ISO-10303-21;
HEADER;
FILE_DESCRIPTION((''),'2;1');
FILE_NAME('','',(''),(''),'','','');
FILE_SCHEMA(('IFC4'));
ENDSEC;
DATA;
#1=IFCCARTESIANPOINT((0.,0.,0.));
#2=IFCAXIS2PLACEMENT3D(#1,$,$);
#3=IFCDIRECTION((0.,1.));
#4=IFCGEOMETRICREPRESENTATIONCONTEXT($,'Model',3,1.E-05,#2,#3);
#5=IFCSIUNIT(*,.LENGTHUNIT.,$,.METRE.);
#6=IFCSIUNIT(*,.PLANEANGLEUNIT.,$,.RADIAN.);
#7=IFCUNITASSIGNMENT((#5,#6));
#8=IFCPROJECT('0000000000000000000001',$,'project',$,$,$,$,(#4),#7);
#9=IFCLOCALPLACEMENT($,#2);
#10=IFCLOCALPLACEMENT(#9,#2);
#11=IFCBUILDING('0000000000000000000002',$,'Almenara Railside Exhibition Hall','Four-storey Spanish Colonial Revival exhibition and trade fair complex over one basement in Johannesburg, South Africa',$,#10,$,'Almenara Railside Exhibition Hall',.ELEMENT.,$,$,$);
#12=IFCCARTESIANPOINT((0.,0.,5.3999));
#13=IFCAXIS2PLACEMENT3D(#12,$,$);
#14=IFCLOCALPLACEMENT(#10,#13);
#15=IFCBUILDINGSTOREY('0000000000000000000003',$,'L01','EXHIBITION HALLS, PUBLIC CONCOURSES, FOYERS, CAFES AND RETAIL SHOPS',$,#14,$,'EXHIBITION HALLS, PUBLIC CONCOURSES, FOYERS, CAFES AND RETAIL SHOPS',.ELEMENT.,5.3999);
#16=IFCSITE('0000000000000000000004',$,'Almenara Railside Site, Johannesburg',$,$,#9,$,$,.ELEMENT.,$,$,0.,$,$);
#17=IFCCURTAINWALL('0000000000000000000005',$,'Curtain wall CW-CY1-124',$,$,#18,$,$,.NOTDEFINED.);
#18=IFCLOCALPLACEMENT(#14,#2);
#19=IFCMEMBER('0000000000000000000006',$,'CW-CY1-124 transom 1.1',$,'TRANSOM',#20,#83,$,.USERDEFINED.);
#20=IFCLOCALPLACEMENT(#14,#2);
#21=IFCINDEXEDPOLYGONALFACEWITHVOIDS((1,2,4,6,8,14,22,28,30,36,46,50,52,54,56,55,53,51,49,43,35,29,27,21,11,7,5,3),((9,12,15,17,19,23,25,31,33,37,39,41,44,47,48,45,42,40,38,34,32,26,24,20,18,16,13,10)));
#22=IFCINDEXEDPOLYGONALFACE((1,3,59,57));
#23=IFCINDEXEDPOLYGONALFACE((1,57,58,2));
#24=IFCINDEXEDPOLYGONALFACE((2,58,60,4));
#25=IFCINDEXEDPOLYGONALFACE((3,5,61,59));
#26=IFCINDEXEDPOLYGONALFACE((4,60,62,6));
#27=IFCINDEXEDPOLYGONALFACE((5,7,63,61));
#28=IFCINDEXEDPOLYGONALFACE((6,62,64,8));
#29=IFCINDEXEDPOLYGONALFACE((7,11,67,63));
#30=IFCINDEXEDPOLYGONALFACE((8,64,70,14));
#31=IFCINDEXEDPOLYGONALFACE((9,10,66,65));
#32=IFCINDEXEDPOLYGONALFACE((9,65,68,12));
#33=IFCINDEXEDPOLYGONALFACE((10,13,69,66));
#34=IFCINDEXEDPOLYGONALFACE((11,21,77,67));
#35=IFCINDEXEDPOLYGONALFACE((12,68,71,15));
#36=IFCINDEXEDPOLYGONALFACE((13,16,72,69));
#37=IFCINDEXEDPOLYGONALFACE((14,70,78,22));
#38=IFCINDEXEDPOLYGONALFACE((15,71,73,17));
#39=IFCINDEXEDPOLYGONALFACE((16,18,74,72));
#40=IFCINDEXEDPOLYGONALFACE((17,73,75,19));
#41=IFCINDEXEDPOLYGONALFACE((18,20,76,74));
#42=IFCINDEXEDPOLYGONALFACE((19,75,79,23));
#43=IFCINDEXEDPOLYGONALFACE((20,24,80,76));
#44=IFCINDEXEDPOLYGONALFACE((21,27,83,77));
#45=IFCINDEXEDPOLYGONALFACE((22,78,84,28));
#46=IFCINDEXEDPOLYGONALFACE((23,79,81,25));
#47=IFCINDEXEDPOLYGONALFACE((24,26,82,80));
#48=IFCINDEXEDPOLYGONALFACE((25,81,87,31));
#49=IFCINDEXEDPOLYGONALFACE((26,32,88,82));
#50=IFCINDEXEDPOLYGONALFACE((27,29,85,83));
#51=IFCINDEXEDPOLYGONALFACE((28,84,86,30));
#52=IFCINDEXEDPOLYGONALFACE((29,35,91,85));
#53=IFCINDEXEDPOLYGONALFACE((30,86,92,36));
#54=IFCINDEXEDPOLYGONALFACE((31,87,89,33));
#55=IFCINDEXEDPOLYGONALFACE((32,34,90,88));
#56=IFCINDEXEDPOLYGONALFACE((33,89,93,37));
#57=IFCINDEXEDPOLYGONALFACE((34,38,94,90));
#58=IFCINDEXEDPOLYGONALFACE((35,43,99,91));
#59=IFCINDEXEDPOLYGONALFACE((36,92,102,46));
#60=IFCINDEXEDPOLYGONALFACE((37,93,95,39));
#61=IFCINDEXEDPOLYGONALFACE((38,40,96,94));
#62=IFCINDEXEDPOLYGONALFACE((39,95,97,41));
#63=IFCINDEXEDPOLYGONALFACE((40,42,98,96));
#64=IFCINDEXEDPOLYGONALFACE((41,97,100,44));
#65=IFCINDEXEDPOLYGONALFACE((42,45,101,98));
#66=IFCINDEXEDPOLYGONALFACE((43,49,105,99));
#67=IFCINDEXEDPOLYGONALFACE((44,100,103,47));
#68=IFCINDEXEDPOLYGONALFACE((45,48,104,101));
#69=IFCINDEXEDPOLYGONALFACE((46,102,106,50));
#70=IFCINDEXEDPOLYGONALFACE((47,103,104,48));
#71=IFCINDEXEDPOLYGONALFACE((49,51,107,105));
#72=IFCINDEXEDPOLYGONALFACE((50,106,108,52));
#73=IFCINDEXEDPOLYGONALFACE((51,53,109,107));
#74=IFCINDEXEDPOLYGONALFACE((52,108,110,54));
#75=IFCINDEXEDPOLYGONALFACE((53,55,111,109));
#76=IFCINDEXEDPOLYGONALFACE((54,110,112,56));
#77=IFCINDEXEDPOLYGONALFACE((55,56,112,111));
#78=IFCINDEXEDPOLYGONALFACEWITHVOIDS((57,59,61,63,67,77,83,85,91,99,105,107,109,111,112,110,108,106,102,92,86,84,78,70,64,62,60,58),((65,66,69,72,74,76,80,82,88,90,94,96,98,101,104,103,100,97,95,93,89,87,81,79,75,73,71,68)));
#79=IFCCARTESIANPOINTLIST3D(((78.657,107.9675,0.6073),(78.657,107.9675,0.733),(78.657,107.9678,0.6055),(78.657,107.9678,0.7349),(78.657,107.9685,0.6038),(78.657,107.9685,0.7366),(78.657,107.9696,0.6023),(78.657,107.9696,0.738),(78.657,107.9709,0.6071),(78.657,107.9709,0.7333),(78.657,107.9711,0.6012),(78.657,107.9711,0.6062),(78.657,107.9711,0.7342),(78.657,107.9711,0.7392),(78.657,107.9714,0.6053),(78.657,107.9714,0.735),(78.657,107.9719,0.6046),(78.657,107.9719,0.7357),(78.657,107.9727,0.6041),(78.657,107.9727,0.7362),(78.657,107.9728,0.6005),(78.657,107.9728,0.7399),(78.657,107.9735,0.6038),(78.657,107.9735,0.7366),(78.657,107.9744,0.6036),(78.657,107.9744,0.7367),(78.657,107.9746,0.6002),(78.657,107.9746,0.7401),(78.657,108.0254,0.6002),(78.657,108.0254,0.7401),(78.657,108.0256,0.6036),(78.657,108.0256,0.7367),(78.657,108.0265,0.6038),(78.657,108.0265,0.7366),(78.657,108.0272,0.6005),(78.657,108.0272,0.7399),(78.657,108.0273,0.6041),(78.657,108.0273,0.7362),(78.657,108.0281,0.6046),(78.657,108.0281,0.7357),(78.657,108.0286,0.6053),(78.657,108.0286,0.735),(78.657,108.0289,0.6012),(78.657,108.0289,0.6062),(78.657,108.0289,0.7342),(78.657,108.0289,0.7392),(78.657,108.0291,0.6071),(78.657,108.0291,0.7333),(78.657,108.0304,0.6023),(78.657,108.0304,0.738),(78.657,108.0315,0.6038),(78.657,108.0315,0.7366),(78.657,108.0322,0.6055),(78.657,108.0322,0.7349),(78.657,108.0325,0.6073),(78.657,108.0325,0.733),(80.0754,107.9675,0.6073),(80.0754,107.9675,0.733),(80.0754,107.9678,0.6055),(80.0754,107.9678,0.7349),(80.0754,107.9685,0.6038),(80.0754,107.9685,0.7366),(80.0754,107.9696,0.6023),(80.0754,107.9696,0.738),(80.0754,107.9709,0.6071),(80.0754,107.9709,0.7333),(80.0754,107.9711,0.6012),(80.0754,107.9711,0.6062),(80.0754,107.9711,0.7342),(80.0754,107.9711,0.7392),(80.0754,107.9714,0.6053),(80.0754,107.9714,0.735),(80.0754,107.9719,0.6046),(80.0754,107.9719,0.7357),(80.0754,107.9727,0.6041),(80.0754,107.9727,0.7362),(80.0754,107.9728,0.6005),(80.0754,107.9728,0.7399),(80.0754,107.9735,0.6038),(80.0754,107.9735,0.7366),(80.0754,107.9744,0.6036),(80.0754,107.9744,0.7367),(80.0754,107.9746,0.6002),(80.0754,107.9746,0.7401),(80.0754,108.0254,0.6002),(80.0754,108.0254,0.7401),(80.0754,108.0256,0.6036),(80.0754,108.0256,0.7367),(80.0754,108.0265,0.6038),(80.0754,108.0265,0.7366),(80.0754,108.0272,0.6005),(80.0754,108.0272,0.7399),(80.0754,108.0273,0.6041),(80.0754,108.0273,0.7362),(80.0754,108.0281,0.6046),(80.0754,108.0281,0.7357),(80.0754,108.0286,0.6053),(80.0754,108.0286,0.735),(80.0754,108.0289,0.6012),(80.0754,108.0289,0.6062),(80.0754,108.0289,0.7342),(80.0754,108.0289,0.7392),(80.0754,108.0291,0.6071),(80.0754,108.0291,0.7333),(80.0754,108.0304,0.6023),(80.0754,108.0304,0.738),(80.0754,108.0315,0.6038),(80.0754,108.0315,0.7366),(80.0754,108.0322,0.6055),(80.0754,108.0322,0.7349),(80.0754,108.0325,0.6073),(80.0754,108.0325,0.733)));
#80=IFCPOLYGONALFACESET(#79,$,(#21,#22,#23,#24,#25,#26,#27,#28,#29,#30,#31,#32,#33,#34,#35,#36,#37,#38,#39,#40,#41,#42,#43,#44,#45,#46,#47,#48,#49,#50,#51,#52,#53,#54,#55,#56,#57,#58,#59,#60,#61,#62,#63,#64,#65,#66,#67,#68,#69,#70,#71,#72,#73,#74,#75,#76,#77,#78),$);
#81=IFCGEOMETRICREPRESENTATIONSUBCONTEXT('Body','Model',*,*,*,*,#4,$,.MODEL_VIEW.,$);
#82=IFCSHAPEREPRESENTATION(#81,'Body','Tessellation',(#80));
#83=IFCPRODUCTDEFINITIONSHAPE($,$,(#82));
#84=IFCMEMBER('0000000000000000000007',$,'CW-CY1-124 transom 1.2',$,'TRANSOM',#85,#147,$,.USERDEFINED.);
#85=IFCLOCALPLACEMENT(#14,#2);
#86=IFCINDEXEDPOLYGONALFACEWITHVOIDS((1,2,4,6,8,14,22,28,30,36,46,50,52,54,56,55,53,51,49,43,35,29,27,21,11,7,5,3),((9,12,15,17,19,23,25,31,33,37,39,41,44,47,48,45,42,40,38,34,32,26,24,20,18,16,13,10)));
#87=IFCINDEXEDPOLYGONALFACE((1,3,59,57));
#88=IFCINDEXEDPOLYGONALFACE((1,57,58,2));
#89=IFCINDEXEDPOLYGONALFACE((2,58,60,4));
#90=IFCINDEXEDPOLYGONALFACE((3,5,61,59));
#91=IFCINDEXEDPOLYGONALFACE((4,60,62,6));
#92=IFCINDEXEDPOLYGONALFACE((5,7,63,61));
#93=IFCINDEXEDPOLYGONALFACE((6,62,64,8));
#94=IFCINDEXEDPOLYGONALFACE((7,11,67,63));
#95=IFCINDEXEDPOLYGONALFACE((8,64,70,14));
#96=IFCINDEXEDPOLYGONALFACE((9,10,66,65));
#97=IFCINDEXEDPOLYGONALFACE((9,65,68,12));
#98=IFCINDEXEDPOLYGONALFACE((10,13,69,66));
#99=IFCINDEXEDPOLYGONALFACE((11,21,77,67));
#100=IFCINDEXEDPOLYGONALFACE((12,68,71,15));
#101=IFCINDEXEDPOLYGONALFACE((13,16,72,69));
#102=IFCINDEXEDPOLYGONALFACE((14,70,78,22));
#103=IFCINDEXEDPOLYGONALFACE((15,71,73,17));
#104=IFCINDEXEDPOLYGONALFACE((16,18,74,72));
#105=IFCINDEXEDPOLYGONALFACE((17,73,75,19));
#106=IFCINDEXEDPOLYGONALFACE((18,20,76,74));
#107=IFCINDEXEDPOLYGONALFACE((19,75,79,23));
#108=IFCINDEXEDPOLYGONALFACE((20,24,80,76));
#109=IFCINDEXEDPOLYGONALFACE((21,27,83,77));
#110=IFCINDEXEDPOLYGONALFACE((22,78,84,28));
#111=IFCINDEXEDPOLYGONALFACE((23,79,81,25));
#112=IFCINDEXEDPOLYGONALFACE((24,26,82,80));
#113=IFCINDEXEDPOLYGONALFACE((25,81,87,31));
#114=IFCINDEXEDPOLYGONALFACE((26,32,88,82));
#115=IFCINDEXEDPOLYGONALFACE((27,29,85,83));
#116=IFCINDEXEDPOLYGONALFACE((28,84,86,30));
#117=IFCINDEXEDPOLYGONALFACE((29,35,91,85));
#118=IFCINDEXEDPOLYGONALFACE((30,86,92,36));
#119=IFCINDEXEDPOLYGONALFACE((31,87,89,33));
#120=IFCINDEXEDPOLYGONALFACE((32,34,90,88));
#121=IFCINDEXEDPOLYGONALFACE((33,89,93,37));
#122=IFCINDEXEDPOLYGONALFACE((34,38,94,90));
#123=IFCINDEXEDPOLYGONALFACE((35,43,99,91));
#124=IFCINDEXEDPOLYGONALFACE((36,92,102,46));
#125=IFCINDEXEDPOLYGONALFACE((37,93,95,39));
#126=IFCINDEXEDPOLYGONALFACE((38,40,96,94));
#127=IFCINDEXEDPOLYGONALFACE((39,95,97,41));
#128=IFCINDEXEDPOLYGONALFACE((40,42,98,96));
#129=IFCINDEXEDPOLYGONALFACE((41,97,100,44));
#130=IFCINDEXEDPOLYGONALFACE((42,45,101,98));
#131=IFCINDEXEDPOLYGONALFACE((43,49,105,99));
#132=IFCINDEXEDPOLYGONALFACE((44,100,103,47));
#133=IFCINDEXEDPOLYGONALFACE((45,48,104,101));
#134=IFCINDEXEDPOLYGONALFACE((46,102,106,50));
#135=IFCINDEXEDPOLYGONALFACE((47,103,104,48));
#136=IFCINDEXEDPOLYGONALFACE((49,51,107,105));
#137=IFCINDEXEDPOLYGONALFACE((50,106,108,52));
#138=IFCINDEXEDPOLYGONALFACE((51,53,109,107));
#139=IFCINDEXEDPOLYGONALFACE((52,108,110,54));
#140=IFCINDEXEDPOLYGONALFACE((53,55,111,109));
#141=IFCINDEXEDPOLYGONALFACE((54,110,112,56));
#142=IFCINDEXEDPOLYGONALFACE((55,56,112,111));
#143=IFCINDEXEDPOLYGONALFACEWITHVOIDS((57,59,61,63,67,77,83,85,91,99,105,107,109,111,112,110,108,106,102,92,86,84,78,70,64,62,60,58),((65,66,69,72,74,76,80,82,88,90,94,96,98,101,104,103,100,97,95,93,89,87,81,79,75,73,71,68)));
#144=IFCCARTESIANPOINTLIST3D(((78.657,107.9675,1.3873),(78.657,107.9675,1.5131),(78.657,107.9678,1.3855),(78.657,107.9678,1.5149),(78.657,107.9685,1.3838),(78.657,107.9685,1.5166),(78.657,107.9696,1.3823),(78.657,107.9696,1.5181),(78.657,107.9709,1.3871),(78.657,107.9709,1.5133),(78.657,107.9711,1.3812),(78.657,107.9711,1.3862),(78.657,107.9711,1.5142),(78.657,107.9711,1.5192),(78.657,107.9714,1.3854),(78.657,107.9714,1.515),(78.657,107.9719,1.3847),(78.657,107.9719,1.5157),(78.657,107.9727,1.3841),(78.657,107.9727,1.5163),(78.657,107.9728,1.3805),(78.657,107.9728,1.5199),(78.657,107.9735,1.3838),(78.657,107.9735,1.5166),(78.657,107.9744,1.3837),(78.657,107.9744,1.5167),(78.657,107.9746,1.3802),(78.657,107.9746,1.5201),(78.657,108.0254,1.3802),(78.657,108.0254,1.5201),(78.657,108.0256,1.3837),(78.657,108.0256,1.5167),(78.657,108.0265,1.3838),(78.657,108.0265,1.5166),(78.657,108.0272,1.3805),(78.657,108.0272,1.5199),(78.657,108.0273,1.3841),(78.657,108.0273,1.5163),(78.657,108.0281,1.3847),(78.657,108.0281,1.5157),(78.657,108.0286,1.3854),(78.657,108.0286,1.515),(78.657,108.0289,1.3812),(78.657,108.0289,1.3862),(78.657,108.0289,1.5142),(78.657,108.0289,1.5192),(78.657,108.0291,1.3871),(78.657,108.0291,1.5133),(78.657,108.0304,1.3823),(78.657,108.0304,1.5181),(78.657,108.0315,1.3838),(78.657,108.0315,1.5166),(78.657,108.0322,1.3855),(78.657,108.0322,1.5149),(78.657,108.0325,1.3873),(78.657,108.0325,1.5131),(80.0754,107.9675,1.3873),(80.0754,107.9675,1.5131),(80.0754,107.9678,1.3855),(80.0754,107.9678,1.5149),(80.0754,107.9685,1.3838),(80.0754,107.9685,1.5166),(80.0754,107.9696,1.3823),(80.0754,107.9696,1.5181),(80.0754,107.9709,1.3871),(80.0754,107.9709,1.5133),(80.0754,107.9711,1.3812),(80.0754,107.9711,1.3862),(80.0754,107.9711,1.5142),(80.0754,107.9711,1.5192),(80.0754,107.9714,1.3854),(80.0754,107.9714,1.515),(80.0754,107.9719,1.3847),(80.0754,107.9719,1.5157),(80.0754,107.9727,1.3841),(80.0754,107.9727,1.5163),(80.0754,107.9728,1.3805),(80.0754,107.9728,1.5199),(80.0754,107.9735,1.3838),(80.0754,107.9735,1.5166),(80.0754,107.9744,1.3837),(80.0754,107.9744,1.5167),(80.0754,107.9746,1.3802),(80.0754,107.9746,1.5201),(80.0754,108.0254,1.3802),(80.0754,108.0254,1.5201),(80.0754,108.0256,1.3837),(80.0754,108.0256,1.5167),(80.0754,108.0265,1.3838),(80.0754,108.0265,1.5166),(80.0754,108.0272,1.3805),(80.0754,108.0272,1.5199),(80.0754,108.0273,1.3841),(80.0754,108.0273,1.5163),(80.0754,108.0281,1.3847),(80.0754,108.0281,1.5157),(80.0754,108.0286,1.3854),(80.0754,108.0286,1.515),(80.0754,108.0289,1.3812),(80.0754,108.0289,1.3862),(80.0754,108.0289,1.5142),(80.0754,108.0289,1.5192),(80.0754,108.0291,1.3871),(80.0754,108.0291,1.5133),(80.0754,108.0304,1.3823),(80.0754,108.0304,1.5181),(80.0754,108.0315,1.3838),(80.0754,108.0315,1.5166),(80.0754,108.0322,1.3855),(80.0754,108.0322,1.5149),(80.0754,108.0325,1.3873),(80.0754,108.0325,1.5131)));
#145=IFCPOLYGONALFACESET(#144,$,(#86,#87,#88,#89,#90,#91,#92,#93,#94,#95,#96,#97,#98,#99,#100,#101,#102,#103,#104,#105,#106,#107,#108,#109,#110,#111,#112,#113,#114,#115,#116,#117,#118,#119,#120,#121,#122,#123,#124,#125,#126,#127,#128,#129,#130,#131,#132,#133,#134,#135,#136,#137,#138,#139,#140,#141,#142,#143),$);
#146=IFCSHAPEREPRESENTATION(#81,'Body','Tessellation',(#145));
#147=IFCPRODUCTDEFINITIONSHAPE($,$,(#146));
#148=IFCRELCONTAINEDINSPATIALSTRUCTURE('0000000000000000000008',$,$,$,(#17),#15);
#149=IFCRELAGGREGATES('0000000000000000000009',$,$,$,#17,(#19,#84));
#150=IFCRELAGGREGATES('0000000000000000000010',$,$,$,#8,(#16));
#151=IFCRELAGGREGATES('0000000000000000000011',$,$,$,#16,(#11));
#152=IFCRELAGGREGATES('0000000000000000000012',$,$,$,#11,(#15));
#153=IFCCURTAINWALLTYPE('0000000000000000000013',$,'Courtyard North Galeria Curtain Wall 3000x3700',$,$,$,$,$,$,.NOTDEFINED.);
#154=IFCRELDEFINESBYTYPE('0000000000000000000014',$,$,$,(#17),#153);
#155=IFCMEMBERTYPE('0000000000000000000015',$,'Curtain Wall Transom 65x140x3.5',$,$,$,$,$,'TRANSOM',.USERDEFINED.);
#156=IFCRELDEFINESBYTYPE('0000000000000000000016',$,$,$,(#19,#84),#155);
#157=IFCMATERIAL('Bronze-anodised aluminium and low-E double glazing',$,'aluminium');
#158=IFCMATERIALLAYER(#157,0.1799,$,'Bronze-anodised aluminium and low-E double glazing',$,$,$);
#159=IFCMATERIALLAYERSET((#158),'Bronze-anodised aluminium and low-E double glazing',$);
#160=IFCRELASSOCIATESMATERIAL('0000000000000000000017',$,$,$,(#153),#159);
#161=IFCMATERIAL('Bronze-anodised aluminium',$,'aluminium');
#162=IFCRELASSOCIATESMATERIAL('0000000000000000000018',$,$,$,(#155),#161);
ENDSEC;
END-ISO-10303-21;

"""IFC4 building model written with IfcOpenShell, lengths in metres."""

from ifc_helpers import new_model, si_unit, direction, frame, origin, origin_2d, place, context, subcontext, project, spatial, hollow_rectangle, extrude, material, layer, layer_set, material_profile, profile_set, type_object, element, aggregate, save


model = new_model("IFC4")

# Units and contexts
model_context = context("Model", 3, precision=1e-05, world=origin(), true_north=direction((0.0, 1.0)))
body_context = subcontext(model_context, "Body", "Model", "MODEL_VIEW")
ifc_project = project(units=[si_unit("LENGTHUNIT", "METRE"), si_unit("PLANEANGLEUNIT", "RADIAN")], contexts=[model_context])

# Site, building, storey
site_placement = place(None, origin())
site = spatial("IfcSite", under=ifc_project, at=site_placement, Name="Almenara Railside Site, Johannesburg", CompositionType="ELEMENT", RefElevation=0.0)
building_placement = place(site_placement, origin())
building = spatial("IfcBuilding", under=site, at=building_placement, Name="Almenara Railside Exhibition Hall", Description="Four-storey Spanish Colonial Revival exhibition and trade fair complex over one basement in Johannesburg, South Africa", LongName="Almenara Railside Exhibition Hall", CompositionType="ELEMENT")
storey_placement = place(building_placement, frame((0.0, 0.0, 5.3999)))
storey = spatial("IfcBuildingStorey", under=building, at=storey_placement, Name="L01", Description="EXHIBITION HALLS, PUBLIC CONCOURSES, FOYERS, CAFES AND RETAIL SHOPS", LongName="EXHIBITION HALLS, PUBLIC CONCOURSES, FOYERS, CAFES AND RETAIL SHOPS", CompositionType="ELEMENT", Elevation=5.3999)

# Curtain wall
ifc_material_1 = material(Name="Bronze-anodised aluminium and low-E double glazing", Category="aluminium")
ifc_layer_1 = layer(ifc_material_1, 0.1799, Name="Bronze-anodised aluminium and low-E double glazing")
ifc_layer_set_1 = layer_set([ifc_layer_1], Name="Bronze-anodised aluminium and low-E double glazing")
curtain_wall_type = type_object("IfcCurtainWallType", Name="Courtyard North Galeria Curtain Wall 3000x3700", PredefinedType="NOTDEFINED", material=ifc_layer_set_1)
curtain_wall_1_placement = place(storey_placement, origin())
curtain_wall_1 = element("IfcCurtainWall", 1, at=curtain_wall_1_placement, inside=storey, type_object=curtain_wall_type, Name="Curtain wall CW-CY1-124", PredefinedType="NOTDEFINED")
ifc_material_2 = material(Name="Bronze-anodised aluminium", Category="aluminium")

# Members
ifc_material_profile_1 = material_profile(ifc_material_2, hollow_rectangle(XDim=0.0649, YDim=0.1399, WallThickness=0.0034, InnerFilletRadius=0.0034, OuterFilletRadius=0.0071, at=origin_2d()), Name="ALU-TRN 65x140x3.5")
ifc_profile_set_1 = profile_set([ifc_material_profile_1], Name="Bronze-anodised aluminium")
member_type_1 = type_object("IfcMemberType", Name="Curtain Wall Transom 65x140x3.5", ElementType="TRANSOM", PredefinedType="USERDEFINED", material=ifc_profile_set_1)
member_1_placement = place(storey_placement, frame((78.657, 108.0, 0.6702), z_axis=(1.0, 0.0, 0.0), x_axis=(0.0, 1.0, 0.0)))
member_1 = element("IfcMember", 2, at=member_1_placement, type_object=member_type_1, Name="CW-CY1-124 transom 1.1", ObjectType="TRANSOM", PredefinedType="USERDEFINED", context=body_context, shape_type="SweptSolid", body=[
    extrude(hollow_rectangle(XDim=0.0649, YDim=0.1399, WallThickness=0.0034, InnerFilletRadius=0.0034, OuterFilletRadius=0.0071, at=origin_2d()), origin(), (0.0, 0.0, 1.0), 1.4185),
])
member_2_placement = place(storey_placement, frame((78.657, 108.0, 1.4502), z_axis=(1.0, 0.0, 0.0), x_axis=(0.0, 1.0, 0.0)))
member_2 = element("IfcMember", 3, at=member_2_placement, type_object=member_type_1, Name="CW-CY1-124 transom 1.2", ObjectType="TRANSOM", PredefinedType="USERDEFINED", context=body_context, shape_type="SweptSolid", body=[
    extrude(hollow_rectangle(XDim=0.0649, YDim=0.1399, WallThickness=0.0034, InnerFilletRadius=0.0034, OuterFilletRadius=0.0071, at=origin_2d()), origin(), (0.0, 0.0, 1.0), 1.4185),
])

aggregate(curtain_wall_1, [member_1, member_2])

save(model, "model.ifc")
